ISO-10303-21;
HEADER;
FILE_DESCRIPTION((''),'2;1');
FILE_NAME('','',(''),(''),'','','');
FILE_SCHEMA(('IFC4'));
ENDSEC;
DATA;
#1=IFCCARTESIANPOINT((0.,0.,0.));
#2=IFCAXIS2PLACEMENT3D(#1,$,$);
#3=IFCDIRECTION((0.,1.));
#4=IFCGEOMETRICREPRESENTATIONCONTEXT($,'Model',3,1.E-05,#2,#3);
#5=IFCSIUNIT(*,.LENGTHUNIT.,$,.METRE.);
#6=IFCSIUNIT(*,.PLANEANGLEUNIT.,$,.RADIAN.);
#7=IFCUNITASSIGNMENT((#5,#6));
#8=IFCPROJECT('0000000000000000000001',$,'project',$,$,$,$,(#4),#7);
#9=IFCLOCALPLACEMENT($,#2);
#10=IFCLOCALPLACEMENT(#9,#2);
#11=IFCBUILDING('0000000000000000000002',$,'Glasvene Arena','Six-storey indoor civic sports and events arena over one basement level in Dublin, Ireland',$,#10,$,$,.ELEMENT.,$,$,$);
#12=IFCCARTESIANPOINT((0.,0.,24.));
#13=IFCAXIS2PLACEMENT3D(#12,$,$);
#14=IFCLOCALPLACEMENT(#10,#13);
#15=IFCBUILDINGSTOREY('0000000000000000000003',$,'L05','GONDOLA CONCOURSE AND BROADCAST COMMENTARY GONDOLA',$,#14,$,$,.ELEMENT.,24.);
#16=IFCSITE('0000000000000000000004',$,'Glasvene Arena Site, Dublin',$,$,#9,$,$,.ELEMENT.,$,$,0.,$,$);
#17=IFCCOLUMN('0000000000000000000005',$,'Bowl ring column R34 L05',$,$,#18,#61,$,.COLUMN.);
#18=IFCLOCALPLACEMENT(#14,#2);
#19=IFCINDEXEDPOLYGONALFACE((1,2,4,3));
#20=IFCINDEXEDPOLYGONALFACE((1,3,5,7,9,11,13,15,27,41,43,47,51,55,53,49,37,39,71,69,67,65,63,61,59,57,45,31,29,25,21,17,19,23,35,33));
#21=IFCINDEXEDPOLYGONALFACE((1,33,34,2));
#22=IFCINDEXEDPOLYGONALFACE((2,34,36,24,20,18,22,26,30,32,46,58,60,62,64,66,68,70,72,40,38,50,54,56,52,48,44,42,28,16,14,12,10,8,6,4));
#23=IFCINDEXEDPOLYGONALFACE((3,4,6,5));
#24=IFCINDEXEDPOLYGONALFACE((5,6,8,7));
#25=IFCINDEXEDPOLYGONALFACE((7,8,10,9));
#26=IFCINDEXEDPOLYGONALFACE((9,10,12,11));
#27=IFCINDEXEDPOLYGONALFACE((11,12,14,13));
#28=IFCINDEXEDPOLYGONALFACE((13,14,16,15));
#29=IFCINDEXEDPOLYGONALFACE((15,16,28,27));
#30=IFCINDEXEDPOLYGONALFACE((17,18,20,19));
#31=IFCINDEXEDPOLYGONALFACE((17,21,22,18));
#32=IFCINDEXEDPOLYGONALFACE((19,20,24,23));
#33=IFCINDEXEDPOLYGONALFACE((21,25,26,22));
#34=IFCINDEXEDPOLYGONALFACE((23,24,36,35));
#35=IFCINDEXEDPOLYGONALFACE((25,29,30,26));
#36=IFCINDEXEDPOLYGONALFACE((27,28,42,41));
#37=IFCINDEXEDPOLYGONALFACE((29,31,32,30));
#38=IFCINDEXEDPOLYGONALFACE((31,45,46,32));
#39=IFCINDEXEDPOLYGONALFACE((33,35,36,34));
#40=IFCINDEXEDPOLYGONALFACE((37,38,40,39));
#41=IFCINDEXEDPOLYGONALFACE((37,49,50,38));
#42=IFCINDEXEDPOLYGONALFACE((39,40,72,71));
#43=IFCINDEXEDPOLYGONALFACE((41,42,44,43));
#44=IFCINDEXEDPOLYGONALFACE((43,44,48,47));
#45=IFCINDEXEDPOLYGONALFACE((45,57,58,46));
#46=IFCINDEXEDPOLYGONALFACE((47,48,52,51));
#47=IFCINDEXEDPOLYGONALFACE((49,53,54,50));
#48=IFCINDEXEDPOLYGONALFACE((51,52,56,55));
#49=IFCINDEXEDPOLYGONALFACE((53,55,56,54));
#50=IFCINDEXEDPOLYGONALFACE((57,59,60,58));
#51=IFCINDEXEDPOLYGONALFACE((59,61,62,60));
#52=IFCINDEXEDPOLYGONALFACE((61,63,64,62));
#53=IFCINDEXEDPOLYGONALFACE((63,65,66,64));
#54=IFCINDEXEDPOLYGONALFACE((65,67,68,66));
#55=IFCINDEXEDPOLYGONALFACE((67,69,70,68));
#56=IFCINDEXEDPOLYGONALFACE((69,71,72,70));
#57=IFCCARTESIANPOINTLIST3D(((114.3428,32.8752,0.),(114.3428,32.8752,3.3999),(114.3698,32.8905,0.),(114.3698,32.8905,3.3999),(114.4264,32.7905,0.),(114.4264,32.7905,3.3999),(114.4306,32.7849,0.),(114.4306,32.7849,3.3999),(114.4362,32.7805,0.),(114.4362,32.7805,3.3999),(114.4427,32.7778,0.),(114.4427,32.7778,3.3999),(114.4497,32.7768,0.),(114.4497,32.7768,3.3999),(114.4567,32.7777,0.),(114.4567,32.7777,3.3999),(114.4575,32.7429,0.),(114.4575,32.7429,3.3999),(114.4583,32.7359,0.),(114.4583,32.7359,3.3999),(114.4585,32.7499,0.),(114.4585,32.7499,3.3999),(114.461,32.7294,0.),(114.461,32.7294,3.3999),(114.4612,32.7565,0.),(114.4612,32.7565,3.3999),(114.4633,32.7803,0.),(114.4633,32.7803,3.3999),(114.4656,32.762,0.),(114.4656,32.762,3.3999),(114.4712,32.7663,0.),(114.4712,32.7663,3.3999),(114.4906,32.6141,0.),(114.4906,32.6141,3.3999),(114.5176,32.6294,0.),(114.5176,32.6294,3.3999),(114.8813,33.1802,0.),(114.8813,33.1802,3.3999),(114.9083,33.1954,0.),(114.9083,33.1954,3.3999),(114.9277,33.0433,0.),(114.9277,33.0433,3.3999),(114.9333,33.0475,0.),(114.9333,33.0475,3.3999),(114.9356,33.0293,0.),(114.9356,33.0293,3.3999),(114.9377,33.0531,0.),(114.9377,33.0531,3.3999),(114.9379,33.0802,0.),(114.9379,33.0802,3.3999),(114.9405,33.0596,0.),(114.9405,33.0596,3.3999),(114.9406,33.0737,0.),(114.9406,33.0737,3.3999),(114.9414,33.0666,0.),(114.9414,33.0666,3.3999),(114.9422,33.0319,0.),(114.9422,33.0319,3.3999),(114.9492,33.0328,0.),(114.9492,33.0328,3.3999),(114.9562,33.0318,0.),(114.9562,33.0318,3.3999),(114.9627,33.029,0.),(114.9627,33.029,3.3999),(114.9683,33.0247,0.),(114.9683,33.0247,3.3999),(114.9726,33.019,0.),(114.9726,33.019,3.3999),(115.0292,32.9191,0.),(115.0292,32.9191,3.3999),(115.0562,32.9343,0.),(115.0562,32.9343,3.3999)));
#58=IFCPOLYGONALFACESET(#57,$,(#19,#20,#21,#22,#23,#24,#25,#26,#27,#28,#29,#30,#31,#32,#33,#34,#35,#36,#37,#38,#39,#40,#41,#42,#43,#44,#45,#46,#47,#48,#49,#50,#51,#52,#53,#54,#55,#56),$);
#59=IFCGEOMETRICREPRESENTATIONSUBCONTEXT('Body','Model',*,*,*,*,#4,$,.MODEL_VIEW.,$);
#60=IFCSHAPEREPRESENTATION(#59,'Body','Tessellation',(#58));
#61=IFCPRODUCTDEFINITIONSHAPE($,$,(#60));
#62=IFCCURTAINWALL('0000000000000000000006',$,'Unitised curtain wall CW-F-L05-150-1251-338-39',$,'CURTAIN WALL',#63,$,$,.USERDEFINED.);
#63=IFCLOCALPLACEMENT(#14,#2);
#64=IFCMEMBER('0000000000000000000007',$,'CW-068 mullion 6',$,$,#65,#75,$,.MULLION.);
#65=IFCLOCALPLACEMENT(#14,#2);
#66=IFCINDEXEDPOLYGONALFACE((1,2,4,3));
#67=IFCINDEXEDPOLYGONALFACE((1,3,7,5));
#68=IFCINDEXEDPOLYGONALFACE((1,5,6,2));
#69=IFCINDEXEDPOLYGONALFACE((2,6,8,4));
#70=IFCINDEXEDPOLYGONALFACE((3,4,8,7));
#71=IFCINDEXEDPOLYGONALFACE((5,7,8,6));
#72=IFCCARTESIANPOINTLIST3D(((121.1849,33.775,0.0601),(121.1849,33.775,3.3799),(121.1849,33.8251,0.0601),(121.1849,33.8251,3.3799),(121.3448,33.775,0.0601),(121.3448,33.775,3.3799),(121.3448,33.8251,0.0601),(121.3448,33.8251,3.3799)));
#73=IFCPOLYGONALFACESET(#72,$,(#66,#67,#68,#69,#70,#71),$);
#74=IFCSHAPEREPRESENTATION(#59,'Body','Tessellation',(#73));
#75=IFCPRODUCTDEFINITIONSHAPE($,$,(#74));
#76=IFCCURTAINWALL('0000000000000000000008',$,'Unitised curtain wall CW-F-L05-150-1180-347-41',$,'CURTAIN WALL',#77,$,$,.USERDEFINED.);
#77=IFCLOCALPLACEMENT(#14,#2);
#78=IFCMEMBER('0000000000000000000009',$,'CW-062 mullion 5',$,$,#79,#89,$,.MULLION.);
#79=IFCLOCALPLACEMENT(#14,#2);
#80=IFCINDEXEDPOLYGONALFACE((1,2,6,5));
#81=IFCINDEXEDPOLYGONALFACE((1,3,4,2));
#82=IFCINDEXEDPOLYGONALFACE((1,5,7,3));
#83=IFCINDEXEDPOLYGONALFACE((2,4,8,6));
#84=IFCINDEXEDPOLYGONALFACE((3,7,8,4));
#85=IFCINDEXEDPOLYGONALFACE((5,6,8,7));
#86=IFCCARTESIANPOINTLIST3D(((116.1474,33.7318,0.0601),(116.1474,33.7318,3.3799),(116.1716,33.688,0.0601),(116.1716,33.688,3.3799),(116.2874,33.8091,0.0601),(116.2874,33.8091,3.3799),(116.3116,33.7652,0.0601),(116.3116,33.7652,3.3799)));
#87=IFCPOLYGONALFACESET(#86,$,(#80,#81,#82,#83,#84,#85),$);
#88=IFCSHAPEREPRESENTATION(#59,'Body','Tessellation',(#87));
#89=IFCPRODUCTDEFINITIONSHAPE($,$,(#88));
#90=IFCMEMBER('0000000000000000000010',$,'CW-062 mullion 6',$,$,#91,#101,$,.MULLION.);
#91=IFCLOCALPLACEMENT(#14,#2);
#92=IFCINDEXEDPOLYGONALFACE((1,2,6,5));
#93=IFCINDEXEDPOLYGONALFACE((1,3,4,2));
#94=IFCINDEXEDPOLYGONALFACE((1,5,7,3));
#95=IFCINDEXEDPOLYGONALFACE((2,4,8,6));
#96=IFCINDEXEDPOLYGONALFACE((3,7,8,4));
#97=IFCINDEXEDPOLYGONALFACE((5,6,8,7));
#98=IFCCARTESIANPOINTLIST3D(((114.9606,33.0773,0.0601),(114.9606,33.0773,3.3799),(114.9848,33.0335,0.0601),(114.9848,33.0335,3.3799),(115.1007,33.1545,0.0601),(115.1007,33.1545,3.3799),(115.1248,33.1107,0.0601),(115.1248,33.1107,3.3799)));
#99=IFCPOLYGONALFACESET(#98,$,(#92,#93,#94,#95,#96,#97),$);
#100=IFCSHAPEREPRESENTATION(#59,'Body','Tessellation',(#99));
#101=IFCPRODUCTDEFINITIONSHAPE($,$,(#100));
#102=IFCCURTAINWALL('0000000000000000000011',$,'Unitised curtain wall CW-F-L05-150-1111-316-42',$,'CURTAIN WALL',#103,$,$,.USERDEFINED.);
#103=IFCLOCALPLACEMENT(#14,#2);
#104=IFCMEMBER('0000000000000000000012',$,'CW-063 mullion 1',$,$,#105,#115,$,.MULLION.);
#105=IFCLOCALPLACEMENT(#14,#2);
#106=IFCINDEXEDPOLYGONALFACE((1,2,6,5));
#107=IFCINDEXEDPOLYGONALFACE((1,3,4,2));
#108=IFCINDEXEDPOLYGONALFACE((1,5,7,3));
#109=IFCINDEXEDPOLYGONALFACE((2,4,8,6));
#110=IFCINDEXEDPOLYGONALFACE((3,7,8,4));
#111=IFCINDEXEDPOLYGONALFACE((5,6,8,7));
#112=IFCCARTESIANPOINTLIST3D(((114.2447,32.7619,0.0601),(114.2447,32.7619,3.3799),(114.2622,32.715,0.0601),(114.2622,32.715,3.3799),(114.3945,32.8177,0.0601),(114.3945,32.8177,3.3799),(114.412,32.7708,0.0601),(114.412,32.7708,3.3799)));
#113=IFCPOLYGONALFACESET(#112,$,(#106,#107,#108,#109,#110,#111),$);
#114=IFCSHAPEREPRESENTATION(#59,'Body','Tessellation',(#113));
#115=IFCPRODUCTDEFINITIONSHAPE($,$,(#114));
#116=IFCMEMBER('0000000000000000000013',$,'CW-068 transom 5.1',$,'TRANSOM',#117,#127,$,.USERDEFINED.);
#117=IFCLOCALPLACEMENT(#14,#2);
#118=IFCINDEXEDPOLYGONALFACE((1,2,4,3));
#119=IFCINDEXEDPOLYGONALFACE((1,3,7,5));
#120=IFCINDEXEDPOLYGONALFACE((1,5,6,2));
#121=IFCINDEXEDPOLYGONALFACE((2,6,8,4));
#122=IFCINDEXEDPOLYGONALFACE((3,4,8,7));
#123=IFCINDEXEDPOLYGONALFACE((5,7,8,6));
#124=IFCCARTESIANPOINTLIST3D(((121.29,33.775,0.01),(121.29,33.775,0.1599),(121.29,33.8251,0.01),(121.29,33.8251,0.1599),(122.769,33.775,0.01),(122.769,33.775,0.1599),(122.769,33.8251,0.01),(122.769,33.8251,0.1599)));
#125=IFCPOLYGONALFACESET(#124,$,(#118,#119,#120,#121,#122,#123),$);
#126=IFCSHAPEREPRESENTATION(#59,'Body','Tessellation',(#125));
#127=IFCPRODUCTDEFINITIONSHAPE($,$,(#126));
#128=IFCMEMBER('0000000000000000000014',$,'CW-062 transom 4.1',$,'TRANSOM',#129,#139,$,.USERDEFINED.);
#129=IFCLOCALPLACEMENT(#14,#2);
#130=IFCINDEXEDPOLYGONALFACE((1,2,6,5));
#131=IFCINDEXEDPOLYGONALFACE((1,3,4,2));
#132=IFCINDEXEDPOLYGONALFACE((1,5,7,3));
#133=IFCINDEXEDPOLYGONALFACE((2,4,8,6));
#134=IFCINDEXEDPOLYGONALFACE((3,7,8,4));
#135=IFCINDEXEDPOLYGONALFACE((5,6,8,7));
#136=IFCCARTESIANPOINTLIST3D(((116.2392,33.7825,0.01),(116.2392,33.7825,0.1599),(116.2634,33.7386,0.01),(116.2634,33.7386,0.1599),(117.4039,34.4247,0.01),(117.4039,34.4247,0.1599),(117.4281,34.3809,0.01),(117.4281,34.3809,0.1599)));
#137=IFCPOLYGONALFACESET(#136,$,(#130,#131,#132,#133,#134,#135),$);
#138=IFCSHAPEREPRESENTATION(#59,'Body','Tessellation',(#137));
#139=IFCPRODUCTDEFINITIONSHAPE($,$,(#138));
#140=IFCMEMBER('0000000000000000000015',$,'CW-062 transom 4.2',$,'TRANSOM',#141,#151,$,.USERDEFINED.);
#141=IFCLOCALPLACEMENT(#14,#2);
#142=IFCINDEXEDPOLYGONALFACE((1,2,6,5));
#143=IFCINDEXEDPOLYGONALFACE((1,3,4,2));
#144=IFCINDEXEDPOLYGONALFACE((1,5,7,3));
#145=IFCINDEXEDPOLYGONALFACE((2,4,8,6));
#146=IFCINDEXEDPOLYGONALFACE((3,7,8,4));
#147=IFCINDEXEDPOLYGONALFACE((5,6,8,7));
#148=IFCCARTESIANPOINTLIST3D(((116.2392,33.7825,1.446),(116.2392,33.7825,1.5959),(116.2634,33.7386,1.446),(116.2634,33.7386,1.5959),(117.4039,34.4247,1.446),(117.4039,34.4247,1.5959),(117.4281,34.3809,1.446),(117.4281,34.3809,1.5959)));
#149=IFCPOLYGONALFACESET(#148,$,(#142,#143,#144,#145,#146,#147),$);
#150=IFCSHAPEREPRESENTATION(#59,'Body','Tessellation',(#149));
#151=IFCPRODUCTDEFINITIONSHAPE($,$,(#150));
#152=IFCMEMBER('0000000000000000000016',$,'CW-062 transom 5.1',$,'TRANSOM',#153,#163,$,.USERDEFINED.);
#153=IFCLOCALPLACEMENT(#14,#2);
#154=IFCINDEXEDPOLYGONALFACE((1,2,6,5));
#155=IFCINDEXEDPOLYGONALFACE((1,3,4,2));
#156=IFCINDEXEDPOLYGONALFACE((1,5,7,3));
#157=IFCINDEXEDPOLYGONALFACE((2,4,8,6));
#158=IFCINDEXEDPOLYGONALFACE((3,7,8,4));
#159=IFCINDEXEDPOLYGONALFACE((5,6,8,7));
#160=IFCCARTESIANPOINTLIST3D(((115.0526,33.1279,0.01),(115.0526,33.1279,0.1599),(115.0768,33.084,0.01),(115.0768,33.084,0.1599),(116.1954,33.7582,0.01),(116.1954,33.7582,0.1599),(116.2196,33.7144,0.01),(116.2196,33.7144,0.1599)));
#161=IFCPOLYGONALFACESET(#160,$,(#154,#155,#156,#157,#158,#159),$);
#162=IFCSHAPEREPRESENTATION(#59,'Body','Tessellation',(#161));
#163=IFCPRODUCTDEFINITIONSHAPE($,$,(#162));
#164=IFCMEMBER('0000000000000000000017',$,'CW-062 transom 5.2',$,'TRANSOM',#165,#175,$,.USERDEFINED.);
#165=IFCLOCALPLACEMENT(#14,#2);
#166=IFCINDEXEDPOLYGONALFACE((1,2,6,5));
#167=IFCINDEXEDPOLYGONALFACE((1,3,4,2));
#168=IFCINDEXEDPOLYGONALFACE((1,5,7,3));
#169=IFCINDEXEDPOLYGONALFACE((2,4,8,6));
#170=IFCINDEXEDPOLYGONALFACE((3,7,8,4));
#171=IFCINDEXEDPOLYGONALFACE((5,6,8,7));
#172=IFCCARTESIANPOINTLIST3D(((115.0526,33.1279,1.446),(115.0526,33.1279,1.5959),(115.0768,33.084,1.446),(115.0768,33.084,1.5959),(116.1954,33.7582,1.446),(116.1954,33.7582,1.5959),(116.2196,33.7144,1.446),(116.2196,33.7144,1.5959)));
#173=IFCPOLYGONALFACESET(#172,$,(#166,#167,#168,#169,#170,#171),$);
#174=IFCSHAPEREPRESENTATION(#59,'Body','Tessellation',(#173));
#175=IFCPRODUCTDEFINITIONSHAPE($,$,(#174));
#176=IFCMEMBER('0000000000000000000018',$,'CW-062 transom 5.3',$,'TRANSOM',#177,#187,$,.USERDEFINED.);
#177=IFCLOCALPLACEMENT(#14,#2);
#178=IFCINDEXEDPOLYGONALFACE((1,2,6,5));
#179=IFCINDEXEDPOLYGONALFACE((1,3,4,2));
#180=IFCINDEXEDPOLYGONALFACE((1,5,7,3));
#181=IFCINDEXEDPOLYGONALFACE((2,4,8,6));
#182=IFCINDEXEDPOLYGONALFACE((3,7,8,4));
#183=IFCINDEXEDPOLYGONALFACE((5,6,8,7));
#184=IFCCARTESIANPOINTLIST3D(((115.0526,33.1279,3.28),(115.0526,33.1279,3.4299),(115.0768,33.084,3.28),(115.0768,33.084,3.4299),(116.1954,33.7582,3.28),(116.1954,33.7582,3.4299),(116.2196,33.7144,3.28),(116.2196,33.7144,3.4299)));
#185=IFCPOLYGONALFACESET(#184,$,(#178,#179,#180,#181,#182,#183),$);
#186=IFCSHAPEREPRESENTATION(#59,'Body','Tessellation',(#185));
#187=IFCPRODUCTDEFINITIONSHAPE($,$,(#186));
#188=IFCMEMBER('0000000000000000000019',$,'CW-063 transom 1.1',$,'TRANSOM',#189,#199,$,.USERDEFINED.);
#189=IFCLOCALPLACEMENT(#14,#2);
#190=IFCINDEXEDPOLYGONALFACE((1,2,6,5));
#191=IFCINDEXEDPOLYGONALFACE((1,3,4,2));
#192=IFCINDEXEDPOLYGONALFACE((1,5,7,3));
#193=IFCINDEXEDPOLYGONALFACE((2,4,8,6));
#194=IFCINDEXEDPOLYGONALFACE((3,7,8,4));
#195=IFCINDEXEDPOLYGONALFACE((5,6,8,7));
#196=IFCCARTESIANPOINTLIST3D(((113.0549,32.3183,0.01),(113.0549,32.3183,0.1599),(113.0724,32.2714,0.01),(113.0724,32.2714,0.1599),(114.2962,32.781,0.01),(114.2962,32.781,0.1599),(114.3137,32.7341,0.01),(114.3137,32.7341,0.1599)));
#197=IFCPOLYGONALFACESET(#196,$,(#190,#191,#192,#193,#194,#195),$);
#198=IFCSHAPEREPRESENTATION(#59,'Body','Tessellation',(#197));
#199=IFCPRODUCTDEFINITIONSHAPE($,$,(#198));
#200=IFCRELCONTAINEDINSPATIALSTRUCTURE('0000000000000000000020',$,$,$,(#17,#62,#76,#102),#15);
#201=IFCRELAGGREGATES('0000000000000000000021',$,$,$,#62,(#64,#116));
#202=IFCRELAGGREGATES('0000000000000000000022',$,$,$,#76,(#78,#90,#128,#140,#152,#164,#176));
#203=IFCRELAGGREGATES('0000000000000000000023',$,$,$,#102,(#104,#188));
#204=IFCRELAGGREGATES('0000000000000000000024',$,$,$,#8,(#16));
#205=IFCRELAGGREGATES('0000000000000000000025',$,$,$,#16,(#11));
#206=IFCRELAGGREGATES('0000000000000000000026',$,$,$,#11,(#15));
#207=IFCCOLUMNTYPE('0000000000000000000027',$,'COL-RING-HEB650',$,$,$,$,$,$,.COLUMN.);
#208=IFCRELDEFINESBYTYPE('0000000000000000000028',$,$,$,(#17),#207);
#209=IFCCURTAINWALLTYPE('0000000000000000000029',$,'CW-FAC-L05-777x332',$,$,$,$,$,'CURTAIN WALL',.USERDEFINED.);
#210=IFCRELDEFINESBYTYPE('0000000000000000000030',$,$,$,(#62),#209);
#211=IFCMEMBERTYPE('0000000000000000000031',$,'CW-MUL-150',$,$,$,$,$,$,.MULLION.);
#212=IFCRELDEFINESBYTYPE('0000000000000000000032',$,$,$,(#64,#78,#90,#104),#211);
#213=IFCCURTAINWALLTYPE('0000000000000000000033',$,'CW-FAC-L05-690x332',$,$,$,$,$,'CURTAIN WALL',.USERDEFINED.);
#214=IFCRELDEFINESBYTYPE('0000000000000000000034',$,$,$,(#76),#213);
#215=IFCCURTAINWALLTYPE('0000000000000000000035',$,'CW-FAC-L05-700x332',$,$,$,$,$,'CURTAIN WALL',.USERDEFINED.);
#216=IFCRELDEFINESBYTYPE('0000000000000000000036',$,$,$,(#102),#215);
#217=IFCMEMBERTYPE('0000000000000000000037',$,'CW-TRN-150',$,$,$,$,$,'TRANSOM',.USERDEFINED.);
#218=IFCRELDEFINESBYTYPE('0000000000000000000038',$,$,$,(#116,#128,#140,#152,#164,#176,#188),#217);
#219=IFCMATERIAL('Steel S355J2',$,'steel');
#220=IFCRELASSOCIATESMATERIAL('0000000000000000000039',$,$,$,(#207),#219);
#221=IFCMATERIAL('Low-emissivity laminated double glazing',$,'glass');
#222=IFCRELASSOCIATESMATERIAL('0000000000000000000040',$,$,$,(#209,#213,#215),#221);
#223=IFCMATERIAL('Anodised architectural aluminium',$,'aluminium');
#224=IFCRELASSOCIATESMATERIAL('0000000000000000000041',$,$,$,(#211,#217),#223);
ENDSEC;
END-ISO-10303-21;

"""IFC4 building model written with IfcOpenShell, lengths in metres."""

from ifc_helpers import new_model, si_unit, direction, frame, origin, origin_2d, place, context, subcontext, project, spatial, rectangle, i_section, extrude, material, material_profile, profile_set, type_object, element, aggregate, save


model = new_model("IFC4")

# Units and contexts
model_context = context("Model", 3, precision=1e-05, world=origin(), true_north=direction((0.0, 1.0)))
body_context = subcontext(model_context, "Body", "Model", "MODEL_VIEW")
ifc_project = project(units=[si_unit("LENGTHUNIT", "METRE"), si_unit("PLANEANGLEUNIT", "RADIAN")], contexts=[model_context])

# Site, building, storey
site_placement = place(None, origin())
site = spatial("IfcSite", under=ifc_project, at=site_placement, Name="Glasvene Arena Site, Dublin", CompositionType="ELEMENT", RefElevation=0.0)
building_placement = place(site_placement, origin())
building = spatial("IfcBuilding", under=site, at=building_placement, Name="Glasvene Arena", Description="Six-storey indoor civic sports and events arena over one basement level in Dublin, Ireland", CompositionType="ELEMENT")
storey_placement = place(building_placement, frame((0.0, 0.0, 24.0)))
storey = spatial("IfcBuildingStorey", under=building, at=storey_placement, Name="L05", Description="GONDOLA CONCOURSE AND BROADCAST COMMENTARY GONDOLA", CompositionType="ELEMENT", Elevation=24.0)

# Column
ifc_material_1 = material(Name="Steel S355J2", Category="steel")
ifc_material_profile_1 = material_profile(ifc_material_1, i_section(OverallWidth=0.3, OverallDepth=0.6499, WebThickness=0.0161, FlangeThickness=0.031, FilletRadius=0.0271, at=origin_2d()), Name="HEB 650")
ifc_profile_set_1 = profile_set([ifc_material_profile_1], Name="Steel S355J2")
column_type = type_object("IfcColumnType", Name="COL-RING-HEB650", PredefinedType="COLUMN", material=ifc_profile_set_1)
column_placement = place(storey_placement, frame((114.6995, 32.9048, 0.0), z_axis=(0.0, 0.0, 1.0), x_axis=(0.492727, -0.870184, 0.0)))
element("IfcColumn", 1, at=column_placement, inside=storey, type_object=column_type, Name="Bowl ring column R34 L05", PredefinedType="COLUMN", context=body_context, shape_type="SweptSolid", body=[
    extrude(i_section(OverallWidth=0.3, OverallDepth=0.6499, WebThickness=0.0161, FlangeThickness=0.031, FilletRadius=0.0271, at=origin_2d()), origin(), (0.0, 0.0, 1.0), 3.3999),
])

# Curtain wall, member
ifc_material_2 = material(Name="Low-emissivity laminated double glazing", Category="glass")
curtain_wall_type_1 = type_object("IfcCurtainWallType", Name="CW-FAC-L05-777x332", ElementType="CURTAIN WALL", PredefinedType="USERDEFINED", material=ifc_material_2)
curtain_wall_1_placement = place(storey_placement, frame((129.01, 33.8, 0.0)))
curtain_wall_1 = element("IfcCurtainWall", 2, at=curtain_wall_1_placement, inside=storey, type_object=curtain_wall_type_1, Name="Unitised curtain wall CW-F-L05-150-1251-338-39", ObjectType="CURTAIN WALL", PredefinedType="USERDEFINED")
ifc_material_3 = material(Name="Anodised architectural aluminium", Category="aluminium")
ifc_material_profile_2 = material_profile(ifc_material_3, rectangle(XDim=0.05, YDim=0.1599, at=origin_2d()), Name="ALU MULLION 50x160")
ifc_profile_set_2 = profile_set([ifc_material_profile_2], Name="Anodised architectural aluminium")
member_type_1 = type_object("IfcMemberType", Name="CW-MUL-150", PredefinedType="MULLION", material=ifc_profile_set_2)
member_1_placement = place(storey_placement, frame((121.2649, 33.8, 0.0601), z_axis=(0.0, 0.0, 1.0), x_axis=(0.0, -1.0, 0.0)))
member_1 = element("IfcMember", 3, at=member_1_placement, type_object=member_type_1, Name="CW-068 mullion 6", PredefinedType="MULLION", context=body_context, shape_type="SweptSolid", body=[
    extrude(rectangle(XDim=0.05, YDim=0.1599, at=origin_2d()), origin(), (0.0, 0.0, 1.0), 3.3198),
])

# Curtain wall, members
curtain_wall_type_2 = type_object("IfcCurtainWallType", Name="CW-FAC-L05-690x332", ElementType="CURTAIN WALL", PredefinedType="USERDEFINED", material=ifc_material_2)
curtain_wall_2_placement = place(storey_placement, frame((121.0635, 36.4146, 0.0)))
curtain_wall_2 = element("IfcCurtainWall", 4, at=curtain_wall_2_placement, inside=storey, type_object=curtain_wall_type_2, Name="Unitised curtain wall CW-F-L05-150-1180-347-41", ObjectType="CURTAIN WALL", PredefinedType="USERDEFINED")
member_2_placement = place(storey_placement, frame((116.2295, 33.7485, 0.0601), z_axis=(0.0, 0.0, 1.0), x_axis=(0.482939, -0.875654, 0.0)))
member_2 = element("IfcMember", 5, at=member_2_placement, type_object=member_type_1, Name="CW-062 mullion 5", PredefinedType="MULLION", context=body_context, shape_type="SweptSolid", body=[
    extrude(rectangle(XDim=0.05, YDim=0.1599, at=origin_2d()), origin(), (0.0, 0.0, 1.0), 3.3198),
])
member_3_placement = place(storey_placement, frame((115.0427, 33.094, 0.0601), z_axis=(0.0, 0.0, 1.0), x_axis=(0.482939, -0.875654, 0.0)))
member_3 = element("IfcMember", 6, at=member_3_placement, type_object=member_type_1, Name="CW-062 mullion 6", PredefinedType="MULLION", context=body_context, shape_type="SweptSolid", body=[
    extrude(rectangle(XDim=0.05, YDim=0.1599, at=origin_2d()), origin(), (0.0, 0.0, 1.0), 3.3198),
])

# Curtain wall, member
curtain_wall_type_3 = type_object("IfcCurtainWallType", Name="CW-FAC-L05-700x332", ElementType="CURTAIN WALL", PredefinedType="USERDEFINED", material=ifc_material_2)
curtain_wall_3_placement = place(storey_placement, frame((114.3518, 32.7749, 0.0)))
curtain_wall_3 = element("IfcCurtainWall", 7, at=curtain_wall_3_placement, inside=storey, type_object=curtain_wall_type_3, Name="Unitised curtain wall CW-F-L05-150-1111-316-42", ObjectType="CURTAIN WALL", PredefinedType="USERDEFINED")
member_4_placement = place(storey_placement, frame((114.3284, 32.7664, 0.0601), z_axis=(0.0, 0.0, 1.0), x_axis=(0.349297, -0.937012, 0.0)))
member_4 = element("IfcMember", 8, at=member_4_placement, type_object=member_type_1, Name="CW-063 mullion 1", PredefinedType="MULLION", context=body_context, shape_type="SweptSolid", body=[
    extrude(rectangle(XDim=0.05, YDim=0.1599, at=origin_2d()), origin(), (0.0, 0.0, 1.0), 3.3198),
])

# Members
ifc_material_profile_3 = material_profile(ifc_material_3, rectangle(XDim=0.05, YDim=0.1499, at=origin_2d()), Name="ALU TRANSOM 50x150")
ifc_profile_set_3 = profile_set([ifc_material_profile_3], Name="Anodised architectural aluminium")
member_type_2 = type_object("IfcMemberType", Name="CW-TRN-150", ElementType="TRANSOM", PredefinedType="USERDEFINED", material=ifc_profile_set_3)
member_5_placement = place(storey_placement, frame((122.769, 33.8, 0.085), z_axis=(-1.0, 0.0, 0.0), x_axis=(0.0, -1.0, 0.0)))
member_5 = element("IfcMember", 9, at=member_5_placement, type_object=member_type_2, Name="CW-068 transom 5.1", ObjectType="TRANSOM", PredefinedType="USERDEFINED", context=body_context, shape_type="SweptSolid", body=[
    extrude(rectangle(XDim=0.05, YDim=0.1499, at=origin_2d()), origin(), (0.0, 0.0, 1.0), 1.479),
])
member_6_placement = place(storey_placement, frame((117.416, 34.4028, 0.085), z_axis=(-0.875677, -0.482898, 0.0), x_axis=(0.482898, -0.875677, 0.0)))
member_6 = element("IfcMember", 10, at=member_6_placement, type_object=member_type_2, Name="CW-062 transom 4.1", ObjectType="TRANSOM", PredefinedType="USERDEFINED", context=body_context, shape_type="SweptSolid", body=[
    extrude(rectangle(XDim=0.05, YDim=0.1499, at=origin_2d()), origin(), (0.0, 0.0, 1.0), 1.3301),
])
member_7_placement = place(storey_placement, frame((117.416, 34.4028, 1.521), z_axis=(-0.875677, -0.482898, 0.0), x_axis=(0.482898, -0.875677, 0.0)))
member_7 = element("IfcMember", 11, at=member_7_placement, type_object=member_type_2, Name="CW-062 transom 4.2", ObjectType="TRANSOM", PredefinedType="USERDEFINED", context=body_context, shape_type="SweptSolid", body=[
    extrude(rectangle(XDim=0.05, YDim=0.1499, at=origin_2d()), origin(), (0.0, 0.0, 1.0), 1.3301),
])
member_8_placement = place(storey_placement, frame((116.2075, 33.7363, 0.085), z_axis=(-0.875627, -0.482988, 0.0), x_axis=(0.482988, -0.875627, 0.0)))
member_8 = element("IfcMember", 12, at=member_8_placement, type_object=member_type_2, Name="CW-062 transom 5.1", ObjectType="TRANSOM", PredefinedType="USERDEFINED", context=body_context, shape_type="SweptSolid", body=[
    extrude(rectangle(XDim=0.05, YDim=0.1499, at=origin_2d()), origin(), (0.0, 0.0, 1.0), 1.3052),
])
member_9_placement = place(storey_placement, frame((116.2075, 33.7363, 1.521), z_axis=(-0.875627, -0.482988, 0.0), x_axis=(0.482988, -0.875627, 0.0)))
member_9 = element("IfcMember", 13, at=member_9_placement, type_object=member_type_2, Name="CW-062 transom 5.2", ObjectType="TRANSOM", PredefinedType="USERDEFINED", context=body_context, shape_type="SweptSolid", body=[
    extrude(rectangle(XDim=0.05, YDim=0.1499, at=origin_2d()), origin(), (0.0, 0.0, 1.0), 1.3052),
])
member_10_placement = place(storey_placement, frame((116.2075, 33.7363, 3.355), z_axis=(-0.875627, -0.482988, 0.0), x_axis=(0.482988, -0.875627, 0.0)))
member_10 = element("IfcMember", 14, at=member_10_placement, type_object=member_type_2, Name="CW-062 transom 5.3", ObjectType="TRANSOM", PredefinedType="USERDEFINED", context=body_context, shape_type="SweptSolid", body=[
    extrude(rectangle(XDim=0.05, YDim=0.1499, at=origin_2d()), origin(), (0.0, 0.0, 1.0), 1.3052),
])
member_11_placement = place(storey_placement, frame((114.3049, 32.7576, 0.085), z_axis=(-0.937024, -0.349265, 0.0), x_axis=(0.349265, -0.937024, 0.0)))
member_11 = element("IfcMember", 15, at=member_11_placement, type_object=member_type_2, Name="CW-063 transom 1.1", ObjectType="TRANSOM", PredefinedType="USERDEFINED", context=body_context, shape_type="SweptSolid", body=[
    extrude(rectangle(XDim=0.05, YDim=0.1499, at=origin_2d()), origin(), (0.0, 0.0, 1.0), 1.3247),
])

aggregate(curtain_wall_1, [member_1, member_5])
aggregate(curtain_wall_2, [member_2, member_3, member_6, member_7, member_8, member_9, member_10])
aggregate(curtain_wall_3, [member_4, member_11])

save(model, "model.ifc")
